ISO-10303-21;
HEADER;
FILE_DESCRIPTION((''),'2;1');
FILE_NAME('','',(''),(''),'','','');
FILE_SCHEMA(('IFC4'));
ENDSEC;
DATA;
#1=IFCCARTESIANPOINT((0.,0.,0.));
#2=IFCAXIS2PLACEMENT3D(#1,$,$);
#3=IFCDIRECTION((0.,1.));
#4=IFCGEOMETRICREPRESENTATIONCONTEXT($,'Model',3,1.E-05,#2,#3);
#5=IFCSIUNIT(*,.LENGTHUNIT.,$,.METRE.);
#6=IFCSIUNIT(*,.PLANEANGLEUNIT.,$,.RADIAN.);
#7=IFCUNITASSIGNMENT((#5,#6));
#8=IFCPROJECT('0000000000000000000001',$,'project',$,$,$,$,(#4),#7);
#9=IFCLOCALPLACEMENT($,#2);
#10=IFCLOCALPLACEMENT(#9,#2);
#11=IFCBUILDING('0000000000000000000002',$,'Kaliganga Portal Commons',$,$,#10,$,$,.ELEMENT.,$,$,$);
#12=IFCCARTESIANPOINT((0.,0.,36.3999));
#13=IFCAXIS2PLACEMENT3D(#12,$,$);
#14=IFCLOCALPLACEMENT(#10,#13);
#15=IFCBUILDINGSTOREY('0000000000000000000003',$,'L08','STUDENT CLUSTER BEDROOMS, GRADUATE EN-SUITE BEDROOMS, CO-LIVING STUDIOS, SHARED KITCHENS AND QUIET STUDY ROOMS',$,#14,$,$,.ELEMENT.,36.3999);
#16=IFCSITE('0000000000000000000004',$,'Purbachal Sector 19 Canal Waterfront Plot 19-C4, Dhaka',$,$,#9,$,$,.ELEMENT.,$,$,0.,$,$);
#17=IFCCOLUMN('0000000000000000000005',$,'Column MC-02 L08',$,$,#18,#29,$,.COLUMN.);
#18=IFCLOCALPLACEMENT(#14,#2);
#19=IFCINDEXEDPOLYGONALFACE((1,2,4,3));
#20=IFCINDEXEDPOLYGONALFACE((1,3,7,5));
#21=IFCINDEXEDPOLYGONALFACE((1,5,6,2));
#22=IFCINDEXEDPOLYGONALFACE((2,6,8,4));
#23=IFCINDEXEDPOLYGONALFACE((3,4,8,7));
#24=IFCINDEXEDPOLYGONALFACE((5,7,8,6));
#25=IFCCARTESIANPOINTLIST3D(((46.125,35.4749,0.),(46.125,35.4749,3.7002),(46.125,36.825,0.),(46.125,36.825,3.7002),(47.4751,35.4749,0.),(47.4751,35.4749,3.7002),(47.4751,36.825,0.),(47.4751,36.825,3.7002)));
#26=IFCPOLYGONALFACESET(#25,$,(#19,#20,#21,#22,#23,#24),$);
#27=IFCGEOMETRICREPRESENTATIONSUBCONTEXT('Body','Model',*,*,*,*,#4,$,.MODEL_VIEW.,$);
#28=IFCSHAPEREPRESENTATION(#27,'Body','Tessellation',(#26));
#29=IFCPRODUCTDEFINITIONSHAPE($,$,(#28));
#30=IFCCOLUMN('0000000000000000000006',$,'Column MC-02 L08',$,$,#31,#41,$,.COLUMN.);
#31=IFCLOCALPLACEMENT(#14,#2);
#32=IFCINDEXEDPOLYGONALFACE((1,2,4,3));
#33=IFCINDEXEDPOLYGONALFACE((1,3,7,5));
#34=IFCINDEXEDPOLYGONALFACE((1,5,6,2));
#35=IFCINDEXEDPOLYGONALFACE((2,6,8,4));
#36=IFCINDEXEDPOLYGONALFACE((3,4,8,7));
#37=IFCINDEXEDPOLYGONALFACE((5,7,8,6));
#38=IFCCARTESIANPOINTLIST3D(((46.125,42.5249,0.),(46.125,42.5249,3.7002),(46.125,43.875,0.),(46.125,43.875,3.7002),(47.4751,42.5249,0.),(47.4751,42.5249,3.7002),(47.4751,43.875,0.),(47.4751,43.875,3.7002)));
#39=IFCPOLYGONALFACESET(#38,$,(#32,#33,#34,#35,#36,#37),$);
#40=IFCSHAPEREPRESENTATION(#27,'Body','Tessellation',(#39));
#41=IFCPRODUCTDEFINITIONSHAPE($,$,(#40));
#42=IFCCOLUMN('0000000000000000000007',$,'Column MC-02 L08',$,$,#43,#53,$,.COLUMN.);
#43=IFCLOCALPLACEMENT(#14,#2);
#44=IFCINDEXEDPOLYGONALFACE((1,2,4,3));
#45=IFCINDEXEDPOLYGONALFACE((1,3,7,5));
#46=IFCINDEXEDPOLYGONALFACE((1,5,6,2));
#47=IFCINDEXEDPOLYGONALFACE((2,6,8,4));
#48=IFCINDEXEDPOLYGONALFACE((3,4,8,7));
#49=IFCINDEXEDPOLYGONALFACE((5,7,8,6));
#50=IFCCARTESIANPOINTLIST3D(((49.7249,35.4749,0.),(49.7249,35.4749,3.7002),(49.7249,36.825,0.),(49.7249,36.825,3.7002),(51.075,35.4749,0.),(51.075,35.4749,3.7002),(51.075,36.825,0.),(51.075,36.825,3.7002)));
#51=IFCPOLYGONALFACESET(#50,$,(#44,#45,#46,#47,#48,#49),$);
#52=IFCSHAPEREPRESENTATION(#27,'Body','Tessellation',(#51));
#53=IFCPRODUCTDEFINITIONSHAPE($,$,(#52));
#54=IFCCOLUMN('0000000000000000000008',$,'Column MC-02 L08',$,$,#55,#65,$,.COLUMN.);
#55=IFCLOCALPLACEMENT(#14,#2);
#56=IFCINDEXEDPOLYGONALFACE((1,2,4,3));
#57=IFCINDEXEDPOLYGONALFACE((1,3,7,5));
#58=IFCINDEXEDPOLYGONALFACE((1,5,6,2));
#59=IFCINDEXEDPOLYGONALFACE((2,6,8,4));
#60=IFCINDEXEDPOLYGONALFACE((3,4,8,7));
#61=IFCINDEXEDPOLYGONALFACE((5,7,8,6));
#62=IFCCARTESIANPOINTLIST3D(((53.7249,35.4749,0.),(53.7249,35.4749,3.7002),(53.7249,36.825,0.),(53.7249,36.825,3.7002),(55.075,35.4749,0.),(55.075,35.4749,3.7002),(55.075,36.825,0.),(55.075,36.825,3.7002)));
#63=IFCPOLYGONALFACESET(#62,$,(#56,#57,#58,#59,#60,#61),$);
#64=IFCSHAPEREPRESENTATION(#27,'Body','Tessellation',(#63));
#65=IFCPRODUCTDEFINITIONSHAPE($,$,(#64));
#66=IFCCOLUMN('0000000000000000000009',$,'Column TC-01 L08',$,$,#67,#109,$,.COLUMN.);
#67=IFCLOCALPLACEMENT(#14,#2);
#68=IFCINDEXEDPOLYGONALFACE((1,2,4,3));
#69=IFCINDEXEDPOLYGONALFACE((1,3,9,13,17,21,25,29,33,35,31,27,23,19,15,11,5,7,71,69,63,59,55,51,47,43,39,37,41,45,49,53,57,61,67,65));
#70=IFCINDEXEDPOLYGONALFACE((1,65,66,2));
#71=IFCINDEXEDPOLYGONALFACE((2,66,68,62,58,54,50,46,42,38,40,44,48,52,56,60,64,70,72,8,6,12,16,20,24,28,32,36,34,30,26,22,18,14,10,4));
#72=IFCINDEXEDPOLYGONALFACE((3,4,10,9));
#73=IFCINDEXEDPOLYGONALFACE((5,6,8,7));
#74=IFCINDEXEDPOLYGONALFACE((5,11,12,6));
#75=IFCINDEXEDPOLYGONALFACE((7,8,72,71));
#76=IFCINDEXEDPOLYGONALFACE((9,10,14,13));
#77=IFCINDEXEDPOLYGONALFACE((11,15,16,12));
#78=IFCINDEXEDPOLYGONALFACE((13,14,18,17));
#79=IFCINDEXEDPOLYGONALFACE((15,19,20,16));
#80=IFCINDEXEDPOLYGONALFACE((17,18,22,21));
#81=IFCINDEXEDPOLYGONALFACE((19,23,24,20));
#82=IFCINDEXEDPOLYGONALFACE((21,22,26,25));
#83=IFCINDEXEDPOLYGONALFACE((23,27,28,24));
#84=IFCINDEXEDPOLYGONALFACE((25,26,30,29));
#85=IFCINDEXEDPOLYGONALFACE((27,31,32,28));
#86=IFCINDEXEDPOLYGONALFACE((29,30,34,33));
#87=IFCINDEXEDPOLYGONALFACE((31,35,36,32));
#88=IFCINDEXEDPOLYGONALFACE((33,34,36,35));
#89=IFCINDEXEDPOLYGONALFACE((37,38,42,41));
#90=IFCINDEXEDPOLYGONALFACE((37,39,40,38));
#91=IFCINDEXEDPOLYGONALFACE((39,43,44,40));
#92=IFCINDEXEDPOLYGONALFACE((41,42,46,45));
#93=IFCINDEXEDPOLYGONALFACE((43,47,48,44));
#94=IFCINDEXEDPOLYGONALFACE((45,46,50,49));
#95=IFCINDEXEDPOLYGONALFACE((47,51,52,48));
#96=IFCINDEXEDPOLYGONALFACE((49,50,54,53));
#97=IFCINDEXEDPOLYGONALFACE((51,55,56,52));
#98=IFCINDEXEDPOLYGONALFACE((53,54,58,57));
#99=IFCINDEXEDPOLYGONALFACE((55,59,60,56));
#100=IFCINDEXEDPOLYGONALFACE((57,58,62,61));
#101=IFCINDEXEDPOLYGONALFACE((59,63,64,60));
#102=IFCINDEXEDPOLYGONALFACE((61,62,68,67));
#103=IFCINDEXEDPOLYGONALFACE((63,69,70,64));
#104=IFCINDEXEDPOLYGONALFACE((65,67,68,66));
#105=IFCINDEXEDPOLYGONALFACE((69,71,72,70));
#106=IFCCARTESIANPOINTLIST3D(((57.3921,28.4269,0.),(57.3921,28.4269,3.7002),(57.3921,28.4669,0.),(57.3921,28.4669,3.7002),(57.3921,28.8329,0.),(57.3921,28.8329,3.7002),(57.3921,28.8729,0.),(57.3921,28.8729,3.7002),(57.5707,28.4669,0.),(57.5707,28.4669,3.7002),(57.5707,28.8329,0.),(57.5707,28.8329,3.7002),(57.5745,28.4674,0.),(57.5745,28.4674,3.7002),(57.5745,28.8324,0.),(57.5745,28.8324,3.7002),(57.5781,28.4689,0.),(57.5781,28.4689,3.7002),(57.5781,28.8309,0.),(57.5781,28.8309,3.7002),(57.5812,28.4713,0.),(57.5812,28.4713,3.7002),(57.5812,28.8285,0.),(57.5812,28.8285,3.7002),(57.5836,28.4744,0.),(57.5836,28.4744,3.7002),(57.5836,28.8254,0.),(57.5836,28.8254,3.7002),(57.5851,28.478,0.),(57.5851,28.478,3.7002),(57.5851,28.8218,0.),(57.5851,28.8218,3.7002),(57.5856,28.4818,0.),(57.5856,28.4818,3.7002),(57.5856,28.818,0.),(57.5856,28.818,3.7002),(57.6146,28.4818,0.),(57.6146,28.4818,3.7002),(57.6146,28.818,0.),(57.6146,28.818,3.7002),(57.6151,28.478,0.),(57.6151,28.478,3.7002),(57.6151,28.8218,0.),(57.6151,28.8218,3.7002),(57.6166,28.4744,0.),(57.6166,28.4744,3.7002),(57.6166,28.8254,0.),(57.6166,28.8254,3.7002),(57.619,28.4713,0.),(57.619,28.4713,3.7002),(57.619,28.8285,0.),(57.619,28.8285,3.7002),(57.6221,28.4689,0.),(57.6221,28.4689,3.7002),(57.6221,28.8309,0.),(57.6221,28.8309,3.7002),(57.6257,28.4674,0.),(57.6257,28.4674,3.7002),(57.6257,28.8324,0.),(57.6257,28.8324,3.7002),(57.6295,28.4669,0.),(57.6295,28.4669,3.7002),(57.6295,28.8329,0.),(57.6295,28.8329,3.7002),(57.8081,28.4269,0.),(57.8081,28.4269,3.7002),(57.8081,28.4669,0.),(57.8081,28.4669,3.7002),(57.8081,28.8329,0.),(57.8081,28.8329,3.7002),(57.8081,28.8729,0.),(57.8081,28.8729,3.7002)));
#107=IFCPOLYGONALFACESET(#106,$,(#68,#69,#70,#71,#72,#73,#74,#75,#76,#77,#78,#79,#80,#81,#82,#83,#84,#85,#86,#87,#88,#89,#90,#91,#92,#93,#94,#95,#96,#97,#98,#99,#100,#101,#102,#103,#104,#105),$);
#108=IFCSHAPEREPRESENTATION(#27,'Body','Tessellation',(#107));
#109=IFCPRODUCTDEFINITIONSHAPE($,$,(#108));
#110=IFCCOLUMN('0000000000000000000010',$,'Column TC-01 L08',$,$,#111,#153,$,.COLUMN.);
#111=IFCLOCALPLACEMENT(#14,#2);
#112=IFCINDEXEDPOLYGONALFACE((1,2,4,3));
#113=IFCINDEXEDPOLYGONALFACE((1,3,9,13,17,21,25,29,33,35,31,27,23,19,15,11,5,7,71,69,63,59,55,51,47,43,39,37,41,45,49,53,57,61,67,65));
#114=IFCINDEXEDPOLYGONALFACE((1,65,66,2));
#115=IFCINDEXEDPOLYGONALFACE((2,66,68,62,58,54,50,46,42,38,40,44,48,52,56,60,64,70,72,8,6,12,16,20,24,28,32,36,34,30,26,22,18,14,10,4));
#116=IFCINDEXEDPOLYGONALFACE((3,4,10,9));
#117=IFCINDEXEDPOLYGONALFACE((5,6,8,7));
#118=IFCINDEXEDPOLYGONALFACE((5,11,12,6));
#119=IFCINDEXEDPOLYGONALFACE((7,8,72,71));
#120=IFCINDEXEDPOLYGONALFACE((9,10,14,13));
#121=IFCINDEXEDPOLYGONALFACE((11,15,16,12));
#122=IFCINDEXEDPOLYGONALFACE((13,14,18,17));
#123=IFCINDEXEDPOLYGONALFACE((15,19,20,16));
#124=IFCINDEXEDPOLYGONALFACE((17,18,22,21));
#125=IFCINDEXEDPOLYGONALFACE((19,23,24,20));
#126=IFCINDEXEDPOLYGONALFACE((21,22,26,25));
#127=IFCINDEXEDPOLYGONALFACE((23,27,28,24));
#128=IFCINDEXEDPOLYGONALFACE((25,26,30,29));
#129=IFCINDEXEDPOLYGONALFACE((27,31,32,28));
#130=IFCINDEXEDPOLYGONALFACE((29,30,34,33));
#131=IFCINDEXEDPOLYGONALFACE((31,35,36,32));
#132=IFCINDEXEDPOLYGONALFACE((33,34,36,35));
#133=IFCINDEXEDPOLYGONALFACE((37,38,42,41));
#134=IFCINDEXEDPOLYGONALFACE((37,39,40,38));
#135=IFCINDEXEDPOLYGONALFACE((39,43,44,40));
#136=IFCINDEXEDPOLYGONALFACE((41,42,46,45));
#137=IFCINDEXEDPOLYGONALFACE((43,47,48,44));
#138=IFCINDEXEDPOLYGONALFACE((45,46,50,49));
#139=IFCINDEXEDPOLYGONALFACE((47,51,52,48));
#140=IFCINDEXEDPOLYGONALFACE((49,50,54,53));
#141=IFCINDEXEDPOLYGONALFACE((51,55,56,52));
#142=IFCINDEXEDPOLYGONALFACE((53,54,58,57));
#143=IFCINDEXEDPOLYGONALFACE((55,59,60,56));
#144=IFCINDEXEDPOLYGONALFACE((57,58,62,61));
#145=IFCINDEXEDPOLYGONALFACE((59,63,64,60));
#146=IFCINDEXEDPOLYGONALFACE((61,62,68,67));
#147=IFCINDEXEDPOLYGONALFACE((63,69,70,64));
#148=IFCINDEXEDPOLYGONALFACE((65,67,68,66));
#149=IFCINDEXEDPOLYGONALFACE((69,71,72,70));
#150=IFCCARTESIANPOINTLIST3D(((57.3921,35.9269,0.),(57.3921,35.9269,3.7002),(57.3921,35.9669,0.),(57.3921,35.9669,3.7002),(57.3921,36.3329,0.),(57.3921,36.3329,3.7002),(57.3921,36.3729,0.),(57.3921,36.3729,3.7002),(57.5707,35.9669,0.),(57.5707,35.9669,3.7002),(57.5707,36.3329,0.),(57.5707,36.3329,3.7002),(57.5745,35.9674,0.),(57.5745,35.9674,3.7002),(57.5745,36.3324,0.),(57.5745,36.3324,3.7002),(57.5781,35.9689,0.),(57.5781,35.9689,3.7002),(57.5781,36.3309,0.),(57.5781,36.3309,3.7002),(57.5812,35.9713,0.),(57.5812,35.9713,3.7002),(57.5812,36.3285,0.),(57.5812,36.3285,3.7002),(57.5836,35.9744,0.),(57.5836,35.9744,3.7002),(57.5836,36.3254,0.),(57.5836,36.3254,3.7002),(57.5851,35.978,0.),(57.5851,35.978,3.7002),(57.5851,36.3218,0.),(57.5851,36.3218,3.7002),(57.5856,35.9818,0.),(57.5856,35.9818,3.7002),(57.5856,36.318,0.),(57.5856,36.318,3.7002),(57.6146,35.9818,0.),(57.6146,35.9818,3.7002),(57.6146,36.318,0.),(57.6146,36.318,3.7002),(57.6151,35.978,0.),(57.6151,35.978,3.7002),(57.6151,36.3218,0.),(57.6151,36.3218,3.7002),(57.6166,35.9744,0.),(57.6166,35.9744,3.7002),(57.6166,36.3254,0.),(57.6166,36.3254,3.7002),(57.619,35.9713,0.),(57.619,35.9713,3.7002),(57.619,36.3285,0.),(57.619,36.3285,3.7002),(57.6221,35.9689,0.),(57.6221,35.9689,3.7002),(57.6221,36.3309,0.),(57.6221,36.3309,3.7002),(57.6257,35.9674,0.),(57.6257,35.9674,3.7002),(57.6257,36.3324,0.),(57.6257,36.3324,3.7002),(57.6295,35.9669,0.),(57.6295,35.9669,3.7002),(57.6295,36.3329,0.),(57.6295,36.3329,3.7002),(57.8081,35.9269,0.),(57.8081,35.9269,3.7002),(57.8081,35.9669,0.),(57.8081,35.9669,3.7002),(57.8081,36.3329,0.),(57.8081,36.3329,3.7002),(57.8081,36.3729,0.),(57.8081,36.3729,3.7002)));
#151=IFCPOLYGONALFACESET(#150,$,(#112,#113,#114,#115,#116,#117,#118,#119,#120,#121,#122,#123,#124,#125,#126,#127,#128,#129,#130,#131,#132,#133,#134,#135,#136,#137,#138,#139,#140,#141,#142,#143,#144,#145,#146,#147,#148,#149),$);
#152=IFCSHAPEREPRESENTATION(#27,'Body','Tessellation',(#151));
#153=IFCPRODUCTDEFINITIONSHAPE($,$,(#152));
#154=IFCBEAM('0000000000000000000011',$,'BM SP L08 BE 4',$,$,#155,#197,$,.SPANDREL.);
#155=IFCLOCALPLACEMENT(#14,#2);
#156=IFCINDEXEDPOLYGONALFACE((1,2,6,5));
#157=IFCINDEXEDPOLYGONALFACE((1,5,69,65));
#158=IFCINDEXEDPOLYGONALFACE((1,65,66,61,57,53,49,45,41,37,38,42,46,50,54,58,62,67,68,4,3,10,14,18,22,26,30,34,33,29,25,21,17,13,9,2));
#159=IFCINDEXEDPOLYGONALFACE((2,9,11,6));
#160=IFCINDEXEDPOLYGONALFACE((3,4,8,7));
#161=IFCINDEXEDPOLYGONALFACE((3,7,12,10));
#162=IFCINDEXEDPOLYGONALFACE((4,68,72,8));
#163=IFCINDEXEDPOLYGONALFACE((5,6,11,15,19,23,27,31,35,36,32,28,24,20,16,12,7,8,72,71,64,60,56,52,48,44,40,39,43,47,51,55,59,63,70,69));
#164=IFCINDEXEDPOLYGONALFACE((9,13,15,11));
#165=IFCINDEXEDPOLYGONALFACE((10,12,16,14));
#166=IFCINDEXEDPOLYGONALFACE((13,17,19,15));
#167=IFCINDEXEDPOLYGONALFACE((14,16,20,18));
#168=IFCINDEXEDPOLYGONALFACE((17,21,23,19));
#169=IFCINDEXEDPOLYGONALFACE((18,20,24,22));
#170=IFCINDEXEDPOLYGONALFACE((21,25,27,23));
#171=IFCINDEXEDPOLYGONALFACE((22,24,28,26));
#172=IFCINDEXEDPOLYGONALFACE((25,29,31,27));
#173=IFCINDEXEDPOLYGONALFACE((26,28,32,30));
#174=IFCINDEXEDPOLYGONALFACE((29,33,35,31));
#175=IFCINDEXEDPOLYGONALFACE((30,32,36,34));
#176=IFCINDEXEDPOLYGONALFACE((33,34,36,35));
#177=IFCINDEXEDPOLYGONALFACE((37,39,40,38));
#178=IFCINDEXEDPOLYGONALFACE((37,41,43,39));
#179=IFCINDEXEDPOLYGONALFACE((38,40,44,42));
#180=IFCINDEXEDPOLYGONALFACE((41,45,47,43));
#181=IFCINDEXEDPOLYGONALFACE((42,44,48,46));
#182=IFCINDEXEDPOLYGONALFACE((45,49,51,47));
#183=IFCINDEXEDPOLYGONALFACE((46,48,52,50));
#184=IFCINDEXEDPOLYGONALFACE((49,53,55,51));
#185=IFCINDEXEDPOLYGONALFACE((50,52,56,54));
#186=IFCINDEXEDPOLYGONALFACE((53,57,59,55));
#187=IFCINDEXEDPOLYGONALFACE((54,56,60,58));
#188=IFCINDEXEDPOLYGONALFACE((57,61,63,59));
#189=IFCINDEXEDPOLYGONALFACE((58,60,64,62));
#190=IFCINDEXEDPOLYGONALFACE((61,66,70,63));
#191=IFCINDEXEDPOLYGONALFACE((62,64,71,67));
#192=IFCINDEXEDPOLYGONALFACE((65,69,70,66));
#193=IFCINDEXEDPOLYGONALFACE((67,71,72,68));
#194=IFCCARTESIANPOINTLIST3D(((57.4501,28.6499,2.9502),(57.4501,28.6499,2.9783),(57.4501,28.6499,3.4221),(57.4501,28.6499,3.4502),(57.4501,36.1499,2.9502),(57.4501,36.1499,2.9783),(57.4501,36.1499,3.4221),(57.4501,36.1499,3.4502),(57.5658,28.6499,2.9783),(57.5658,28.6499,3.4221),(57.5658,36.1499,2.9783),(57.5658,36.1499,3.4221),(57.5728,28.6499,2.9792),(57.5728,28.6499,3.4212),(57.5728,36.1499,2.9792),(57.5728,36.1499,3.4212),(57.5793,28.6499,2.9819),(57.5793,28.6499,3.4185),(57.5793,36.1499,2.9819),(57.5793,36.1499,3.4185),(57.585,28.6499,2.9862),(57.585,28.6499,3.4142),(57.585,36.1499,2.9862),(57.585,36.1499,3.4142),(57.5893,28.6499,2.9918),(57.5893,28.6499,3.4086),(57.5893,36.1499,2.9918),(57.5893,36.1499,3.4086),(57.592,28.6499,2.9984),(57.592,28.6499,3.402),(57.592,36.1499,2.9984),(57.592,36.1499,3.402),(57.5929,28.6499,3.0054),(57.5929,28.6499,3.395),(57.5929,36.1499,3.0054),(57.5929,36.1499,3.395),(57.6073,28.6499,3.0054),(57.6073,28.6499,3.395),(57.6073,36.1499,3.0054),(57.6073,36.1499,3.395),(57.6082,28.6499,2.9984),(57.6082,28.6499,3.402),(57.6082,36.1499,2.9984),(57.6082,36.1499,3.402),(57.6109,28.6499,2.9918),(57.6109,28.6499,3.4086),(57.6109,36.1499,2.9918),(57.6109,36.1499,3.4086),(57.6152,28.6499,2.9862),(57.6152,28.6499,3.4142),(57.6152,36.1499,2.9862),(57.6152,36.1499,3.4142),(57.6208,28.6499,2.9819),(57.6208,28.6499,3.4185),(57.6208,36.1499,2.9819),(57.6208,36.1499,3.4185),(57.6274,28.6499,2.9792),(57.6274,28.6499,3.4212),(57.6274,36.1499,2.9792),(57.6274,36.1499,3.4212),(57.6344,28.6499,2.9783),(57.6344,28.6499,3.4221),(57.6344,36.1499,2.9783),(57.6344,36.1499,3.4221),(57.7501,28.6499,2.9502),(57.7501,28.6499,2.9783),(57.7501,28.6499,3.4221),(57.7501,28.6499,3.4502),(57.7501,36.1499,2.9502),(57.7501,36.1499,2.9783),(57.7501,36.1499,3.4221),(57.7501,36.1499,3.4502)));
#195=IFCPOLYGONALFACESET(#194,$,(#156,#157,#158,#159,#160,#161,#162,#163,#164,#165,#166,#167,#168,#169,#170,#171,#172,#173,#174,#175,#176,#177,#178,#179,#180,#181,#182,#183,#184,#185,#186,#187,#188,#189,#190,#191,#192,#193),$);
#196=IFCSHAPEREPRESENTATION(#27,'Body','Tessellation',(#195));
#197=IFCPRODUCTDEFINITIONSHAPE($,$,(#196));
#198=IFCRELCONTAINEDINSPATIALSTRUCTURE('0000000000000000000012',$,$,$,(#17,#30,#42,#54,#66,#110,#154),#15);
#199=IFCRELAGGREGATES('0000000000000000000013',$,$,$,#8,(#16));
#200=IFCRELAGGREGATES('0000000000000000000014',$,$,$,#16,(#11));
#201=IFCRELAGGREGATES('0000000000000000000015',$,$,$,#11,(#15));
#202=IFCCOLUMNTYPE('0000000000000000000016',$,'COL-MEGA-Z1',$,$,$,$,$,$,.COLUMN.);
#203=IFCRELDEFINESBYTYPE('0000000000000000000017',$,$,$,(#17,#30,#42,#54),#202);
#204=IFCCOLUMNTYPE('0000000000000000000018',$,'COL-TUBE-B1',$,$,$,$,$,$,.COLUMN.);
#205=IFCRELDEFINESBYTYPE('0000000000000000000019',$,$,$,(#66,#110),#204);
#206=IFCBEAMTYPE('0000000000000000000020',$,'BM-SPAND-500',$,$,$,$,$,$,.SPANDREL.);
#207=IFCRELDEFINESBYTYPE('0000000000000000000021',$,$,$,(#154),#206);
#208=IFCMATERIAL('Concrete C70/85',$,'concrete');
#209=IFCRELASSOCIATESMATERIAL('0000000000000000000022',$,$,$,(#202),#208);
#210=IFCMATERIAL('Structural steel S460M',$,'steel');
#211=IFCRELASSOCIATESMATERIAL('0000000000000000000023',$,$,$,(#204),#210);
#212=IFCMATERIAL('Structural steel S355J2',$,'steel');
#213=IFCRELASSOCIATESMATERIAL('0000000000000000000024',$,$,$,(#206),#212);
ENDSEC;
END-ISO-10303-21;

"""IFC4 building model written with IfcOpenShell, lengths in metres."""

from ifc_helpers import new_model, si_unit, direction, frame, origin, origin_2d, place, context, subcontext, project, spatial, rectangle, i_section, extrude, source, transform, mapped, material, material_profile, profile_set, type_object, element, save


model = new_model("IFC4")

# Units and contexts
model_context = context("Model", 3, precision=1e-05, world=origin(), true_north=direction((0.0, 1.0)))
body_context = subcontext(model_context, "Body", "Model", "MODEL_VIEW")
ifc_project = project(units=[si_unit("LENGTHUNIT", "METRE"), si_unit("PLANEANGLEUNIT", "RADIAN")], contexts=[model_context])

# Site, building, storey
site_placement = place(None, origin())
site = spatial("IfcSite", under=ifc_project, at=site_placement, Name="Purbachal Sector 19 Canal Waterfront Plot 19-C4, Dhaka", CompositionType="ELEMENT", RefElevation=0.0)
building_placement = place(site_placement, origin())
building = spatial("IfcBuilding", under=site, at=building_placement, Name="Kaliganga Portal Commons", CompositionType="ELEMENT")
storey_placement = place(building_placement, frame((0.0, 0.0, 36.3999)))
storey = spatial("IfcBuildingStorey", under=building, at=storey_placement, Name="L08", Description="STUDENT CLUSTER BEDROOMS, GRADUATE EN-SUITE BEDROOMS, CO-LIVING STUDIOS, SHARED KITCHENS AND QUIET STUDY ROOMS", CompositionType="ELEMENT", Elevation=36.3999)

# Columns
ifc_material_1 = material(Name="Concrete C70/85", Category="concrete")
ifc_material_profile_1 = material_profile(ifc_material_1, rectangle(XDim=1.3501, YDim=1.3501, at=origin_2d()), Name="RC 1350x1350")
ifc_profile_set_1 = profile_set([ifc_material_profile_1], Name="Concrete C70/85")
column_type_1 = type_object("IfcColumnType", Name="COL-MEGA-Z1", PredefinedType="COLUMN", material=ifc_profile_set_1)
shared_shape_1 = source(origin(), body_context, "Body", "SweptSolid", [
    extrude(rectangle(XDim=1.3501, YDim=1.3501, at=origin_2d()), origin(), (0.0, 0.0, 1.0), 3.7002),
])
for number, where, z_axis, x_axis, name in (
    (1, (46.8, 36.1499, 0.0), (0.0, 0.0, 1.0), (1.0, 0.0, 0.0), "Column MC-02 L08"),
    (2, (46.8, 43.2, 0.0), (0.0, 0.0, 1.0), (1.0, 0.0, 0.0), "Column MC-02 L08"),
    (3, (50.3999, 36.1499, 0.0), (0.0, 0.0, 1.0), (1.0, 0.0, 0.0), "Column MC-02 L08"),
    (4, (54.3999, 36.1499, 0.0), (0.0, 0.0, 1.0), (1.0, 0.0, 0.0), "Column MC-02 L08"),
):
    element("IfcColumn", number, at=place(storey_placement, frame(where, z_axis=z_axis, x_axis=x_axis)), inside=storey, type_object=column_type_1, Name=name, PredefinedType="COLUMN", context=body_context, shape_type="MappedRepresentation", body=[
        mapped(shared_shape_1, transform((0.0, 0.0, 0.0), x_axis=(1.0, 0.0, 0.0), y_axis=(0.0, 1.0, 0.0), z_axis=(0.0, 0.0, 1.0), scale=1.0)),
    ])
ifc_material_2 = material(Name="Structural steel S460M", Category="steel")
ifc_material_profile_2 = material_profile(ifc_material_2, i_section(OverallWidth=0.416, OverallDepth=0.446, WebThickness=0.0291, FlangeThickness=0.04, FilletRadius=0.0149, at=origin_2d()), Name="HD 400x509")
ifc_profile_set_2 = profile_set([ifc_material_profile_2], Name="Structural steel S460M wide-flange")
column_type_2 = type_object("IfcColumnType", Name="COL-TUBE-B1", PredefinedType="COLUMN", material=ifc_profile_set_2)
shared_shape_2 = source(origin(), body_context, "Body", "SweptSolid", [
    extrude(i_section(OverallWidth=0.416, OverallDepth=0.446, WebThickness=0.0291, FlangeThickness=0.04, FilletRadius=0.0149, at=origin_2d()), origin(), (0.0, 0.0, 1.0), 3.7002),
])
for number, where, z_axis, x_axis, name in (
    (5, (57.6001, 28.6499, 0.0), (0.0, 0.0, 1.0), (1.0, 0.0, 0.0), "Column TC-01 L08"),
    (6, (57.6001, 36.1499, 0.0), (0.0, 0.0, 1.0), (1.0, 0.0, 0.0), "Column TC-01 L08"),
):
    element("IfcColumn", number, at=place(storey_placement, frame(where, z_axis=z_axis, x_axis=x_axis)), inside=storey, type_object=column_type_2, Name=name, PredefinedType="COLUMN", context=body_context, shape_type="MappedRepresentation", body=[
        mapped(shared_shape_2, transform((0.0, 0.0, 0.0), x_axis=(1.0, 0.0, 0.0), y_axis=(0.0, 1.0, 0.0), z_axis=(0.0, 0.0, 1.0), scale=1.0)),
    ])

# Beam
ifc_material_3 = material(Name="Structural steel S355J2", Category="steel")
ifc_material_profile_3 = material_profile(ifc_material_3, i_section(OverallWidth=0.3, OverallDepth=0.5, WebThickness=0.0144, FlangeThickness=0.0281, FilletRadius=0.0271, at=origin_2d()), Name="HE 500 B")
ifc_profile_set_3 = profile_set([ifc_material_profile_3], Name="Structural steel S355J2 wide-flange")
beam_type_1 = type_object("IfcBeamType", Name="BM-SPAND-500", PredefinedType="SPANDREL", material=ifc_profile_set_3)
shared_shape_3 = source(origin(), body_context, "Body", "SweptSolid", [
    extrude(i_section(OverallWidth=0.3, OverallDepth=0.5, WebThickness=0.0144, FlangeThickness=0.0281, FilletRadius=0.0271, at=origin_2d()), origin(), (0.0, 0.0, 1.0), 7.5),
])
beam_1_placement = place(storey_placement, frame((57.6001, 28.6499, 3.2002), z_axis=(0.0, 1.0, 0.0), x_axis=(-1.0, 0.0, 0.0)))
element("IfcBeam", 7, at=beam_1_placement, inside=storey, type_object=beam_type_1, Name="BM SP L08 BE 4", PredefinedType="SPANDREL", context=body_context, shape_type="MappedRepresentation", body=[
    mapped(shared_shape_3, transform((0.0, 0.0, 0.0), x_axis=(1.0, 0.0, 0.0), y_axis=(0.0, 1.0, 0.0), z_axis=(0.0, 0.0, 1.0), scale=1.0)),
])

save(model, "model.ifc")
